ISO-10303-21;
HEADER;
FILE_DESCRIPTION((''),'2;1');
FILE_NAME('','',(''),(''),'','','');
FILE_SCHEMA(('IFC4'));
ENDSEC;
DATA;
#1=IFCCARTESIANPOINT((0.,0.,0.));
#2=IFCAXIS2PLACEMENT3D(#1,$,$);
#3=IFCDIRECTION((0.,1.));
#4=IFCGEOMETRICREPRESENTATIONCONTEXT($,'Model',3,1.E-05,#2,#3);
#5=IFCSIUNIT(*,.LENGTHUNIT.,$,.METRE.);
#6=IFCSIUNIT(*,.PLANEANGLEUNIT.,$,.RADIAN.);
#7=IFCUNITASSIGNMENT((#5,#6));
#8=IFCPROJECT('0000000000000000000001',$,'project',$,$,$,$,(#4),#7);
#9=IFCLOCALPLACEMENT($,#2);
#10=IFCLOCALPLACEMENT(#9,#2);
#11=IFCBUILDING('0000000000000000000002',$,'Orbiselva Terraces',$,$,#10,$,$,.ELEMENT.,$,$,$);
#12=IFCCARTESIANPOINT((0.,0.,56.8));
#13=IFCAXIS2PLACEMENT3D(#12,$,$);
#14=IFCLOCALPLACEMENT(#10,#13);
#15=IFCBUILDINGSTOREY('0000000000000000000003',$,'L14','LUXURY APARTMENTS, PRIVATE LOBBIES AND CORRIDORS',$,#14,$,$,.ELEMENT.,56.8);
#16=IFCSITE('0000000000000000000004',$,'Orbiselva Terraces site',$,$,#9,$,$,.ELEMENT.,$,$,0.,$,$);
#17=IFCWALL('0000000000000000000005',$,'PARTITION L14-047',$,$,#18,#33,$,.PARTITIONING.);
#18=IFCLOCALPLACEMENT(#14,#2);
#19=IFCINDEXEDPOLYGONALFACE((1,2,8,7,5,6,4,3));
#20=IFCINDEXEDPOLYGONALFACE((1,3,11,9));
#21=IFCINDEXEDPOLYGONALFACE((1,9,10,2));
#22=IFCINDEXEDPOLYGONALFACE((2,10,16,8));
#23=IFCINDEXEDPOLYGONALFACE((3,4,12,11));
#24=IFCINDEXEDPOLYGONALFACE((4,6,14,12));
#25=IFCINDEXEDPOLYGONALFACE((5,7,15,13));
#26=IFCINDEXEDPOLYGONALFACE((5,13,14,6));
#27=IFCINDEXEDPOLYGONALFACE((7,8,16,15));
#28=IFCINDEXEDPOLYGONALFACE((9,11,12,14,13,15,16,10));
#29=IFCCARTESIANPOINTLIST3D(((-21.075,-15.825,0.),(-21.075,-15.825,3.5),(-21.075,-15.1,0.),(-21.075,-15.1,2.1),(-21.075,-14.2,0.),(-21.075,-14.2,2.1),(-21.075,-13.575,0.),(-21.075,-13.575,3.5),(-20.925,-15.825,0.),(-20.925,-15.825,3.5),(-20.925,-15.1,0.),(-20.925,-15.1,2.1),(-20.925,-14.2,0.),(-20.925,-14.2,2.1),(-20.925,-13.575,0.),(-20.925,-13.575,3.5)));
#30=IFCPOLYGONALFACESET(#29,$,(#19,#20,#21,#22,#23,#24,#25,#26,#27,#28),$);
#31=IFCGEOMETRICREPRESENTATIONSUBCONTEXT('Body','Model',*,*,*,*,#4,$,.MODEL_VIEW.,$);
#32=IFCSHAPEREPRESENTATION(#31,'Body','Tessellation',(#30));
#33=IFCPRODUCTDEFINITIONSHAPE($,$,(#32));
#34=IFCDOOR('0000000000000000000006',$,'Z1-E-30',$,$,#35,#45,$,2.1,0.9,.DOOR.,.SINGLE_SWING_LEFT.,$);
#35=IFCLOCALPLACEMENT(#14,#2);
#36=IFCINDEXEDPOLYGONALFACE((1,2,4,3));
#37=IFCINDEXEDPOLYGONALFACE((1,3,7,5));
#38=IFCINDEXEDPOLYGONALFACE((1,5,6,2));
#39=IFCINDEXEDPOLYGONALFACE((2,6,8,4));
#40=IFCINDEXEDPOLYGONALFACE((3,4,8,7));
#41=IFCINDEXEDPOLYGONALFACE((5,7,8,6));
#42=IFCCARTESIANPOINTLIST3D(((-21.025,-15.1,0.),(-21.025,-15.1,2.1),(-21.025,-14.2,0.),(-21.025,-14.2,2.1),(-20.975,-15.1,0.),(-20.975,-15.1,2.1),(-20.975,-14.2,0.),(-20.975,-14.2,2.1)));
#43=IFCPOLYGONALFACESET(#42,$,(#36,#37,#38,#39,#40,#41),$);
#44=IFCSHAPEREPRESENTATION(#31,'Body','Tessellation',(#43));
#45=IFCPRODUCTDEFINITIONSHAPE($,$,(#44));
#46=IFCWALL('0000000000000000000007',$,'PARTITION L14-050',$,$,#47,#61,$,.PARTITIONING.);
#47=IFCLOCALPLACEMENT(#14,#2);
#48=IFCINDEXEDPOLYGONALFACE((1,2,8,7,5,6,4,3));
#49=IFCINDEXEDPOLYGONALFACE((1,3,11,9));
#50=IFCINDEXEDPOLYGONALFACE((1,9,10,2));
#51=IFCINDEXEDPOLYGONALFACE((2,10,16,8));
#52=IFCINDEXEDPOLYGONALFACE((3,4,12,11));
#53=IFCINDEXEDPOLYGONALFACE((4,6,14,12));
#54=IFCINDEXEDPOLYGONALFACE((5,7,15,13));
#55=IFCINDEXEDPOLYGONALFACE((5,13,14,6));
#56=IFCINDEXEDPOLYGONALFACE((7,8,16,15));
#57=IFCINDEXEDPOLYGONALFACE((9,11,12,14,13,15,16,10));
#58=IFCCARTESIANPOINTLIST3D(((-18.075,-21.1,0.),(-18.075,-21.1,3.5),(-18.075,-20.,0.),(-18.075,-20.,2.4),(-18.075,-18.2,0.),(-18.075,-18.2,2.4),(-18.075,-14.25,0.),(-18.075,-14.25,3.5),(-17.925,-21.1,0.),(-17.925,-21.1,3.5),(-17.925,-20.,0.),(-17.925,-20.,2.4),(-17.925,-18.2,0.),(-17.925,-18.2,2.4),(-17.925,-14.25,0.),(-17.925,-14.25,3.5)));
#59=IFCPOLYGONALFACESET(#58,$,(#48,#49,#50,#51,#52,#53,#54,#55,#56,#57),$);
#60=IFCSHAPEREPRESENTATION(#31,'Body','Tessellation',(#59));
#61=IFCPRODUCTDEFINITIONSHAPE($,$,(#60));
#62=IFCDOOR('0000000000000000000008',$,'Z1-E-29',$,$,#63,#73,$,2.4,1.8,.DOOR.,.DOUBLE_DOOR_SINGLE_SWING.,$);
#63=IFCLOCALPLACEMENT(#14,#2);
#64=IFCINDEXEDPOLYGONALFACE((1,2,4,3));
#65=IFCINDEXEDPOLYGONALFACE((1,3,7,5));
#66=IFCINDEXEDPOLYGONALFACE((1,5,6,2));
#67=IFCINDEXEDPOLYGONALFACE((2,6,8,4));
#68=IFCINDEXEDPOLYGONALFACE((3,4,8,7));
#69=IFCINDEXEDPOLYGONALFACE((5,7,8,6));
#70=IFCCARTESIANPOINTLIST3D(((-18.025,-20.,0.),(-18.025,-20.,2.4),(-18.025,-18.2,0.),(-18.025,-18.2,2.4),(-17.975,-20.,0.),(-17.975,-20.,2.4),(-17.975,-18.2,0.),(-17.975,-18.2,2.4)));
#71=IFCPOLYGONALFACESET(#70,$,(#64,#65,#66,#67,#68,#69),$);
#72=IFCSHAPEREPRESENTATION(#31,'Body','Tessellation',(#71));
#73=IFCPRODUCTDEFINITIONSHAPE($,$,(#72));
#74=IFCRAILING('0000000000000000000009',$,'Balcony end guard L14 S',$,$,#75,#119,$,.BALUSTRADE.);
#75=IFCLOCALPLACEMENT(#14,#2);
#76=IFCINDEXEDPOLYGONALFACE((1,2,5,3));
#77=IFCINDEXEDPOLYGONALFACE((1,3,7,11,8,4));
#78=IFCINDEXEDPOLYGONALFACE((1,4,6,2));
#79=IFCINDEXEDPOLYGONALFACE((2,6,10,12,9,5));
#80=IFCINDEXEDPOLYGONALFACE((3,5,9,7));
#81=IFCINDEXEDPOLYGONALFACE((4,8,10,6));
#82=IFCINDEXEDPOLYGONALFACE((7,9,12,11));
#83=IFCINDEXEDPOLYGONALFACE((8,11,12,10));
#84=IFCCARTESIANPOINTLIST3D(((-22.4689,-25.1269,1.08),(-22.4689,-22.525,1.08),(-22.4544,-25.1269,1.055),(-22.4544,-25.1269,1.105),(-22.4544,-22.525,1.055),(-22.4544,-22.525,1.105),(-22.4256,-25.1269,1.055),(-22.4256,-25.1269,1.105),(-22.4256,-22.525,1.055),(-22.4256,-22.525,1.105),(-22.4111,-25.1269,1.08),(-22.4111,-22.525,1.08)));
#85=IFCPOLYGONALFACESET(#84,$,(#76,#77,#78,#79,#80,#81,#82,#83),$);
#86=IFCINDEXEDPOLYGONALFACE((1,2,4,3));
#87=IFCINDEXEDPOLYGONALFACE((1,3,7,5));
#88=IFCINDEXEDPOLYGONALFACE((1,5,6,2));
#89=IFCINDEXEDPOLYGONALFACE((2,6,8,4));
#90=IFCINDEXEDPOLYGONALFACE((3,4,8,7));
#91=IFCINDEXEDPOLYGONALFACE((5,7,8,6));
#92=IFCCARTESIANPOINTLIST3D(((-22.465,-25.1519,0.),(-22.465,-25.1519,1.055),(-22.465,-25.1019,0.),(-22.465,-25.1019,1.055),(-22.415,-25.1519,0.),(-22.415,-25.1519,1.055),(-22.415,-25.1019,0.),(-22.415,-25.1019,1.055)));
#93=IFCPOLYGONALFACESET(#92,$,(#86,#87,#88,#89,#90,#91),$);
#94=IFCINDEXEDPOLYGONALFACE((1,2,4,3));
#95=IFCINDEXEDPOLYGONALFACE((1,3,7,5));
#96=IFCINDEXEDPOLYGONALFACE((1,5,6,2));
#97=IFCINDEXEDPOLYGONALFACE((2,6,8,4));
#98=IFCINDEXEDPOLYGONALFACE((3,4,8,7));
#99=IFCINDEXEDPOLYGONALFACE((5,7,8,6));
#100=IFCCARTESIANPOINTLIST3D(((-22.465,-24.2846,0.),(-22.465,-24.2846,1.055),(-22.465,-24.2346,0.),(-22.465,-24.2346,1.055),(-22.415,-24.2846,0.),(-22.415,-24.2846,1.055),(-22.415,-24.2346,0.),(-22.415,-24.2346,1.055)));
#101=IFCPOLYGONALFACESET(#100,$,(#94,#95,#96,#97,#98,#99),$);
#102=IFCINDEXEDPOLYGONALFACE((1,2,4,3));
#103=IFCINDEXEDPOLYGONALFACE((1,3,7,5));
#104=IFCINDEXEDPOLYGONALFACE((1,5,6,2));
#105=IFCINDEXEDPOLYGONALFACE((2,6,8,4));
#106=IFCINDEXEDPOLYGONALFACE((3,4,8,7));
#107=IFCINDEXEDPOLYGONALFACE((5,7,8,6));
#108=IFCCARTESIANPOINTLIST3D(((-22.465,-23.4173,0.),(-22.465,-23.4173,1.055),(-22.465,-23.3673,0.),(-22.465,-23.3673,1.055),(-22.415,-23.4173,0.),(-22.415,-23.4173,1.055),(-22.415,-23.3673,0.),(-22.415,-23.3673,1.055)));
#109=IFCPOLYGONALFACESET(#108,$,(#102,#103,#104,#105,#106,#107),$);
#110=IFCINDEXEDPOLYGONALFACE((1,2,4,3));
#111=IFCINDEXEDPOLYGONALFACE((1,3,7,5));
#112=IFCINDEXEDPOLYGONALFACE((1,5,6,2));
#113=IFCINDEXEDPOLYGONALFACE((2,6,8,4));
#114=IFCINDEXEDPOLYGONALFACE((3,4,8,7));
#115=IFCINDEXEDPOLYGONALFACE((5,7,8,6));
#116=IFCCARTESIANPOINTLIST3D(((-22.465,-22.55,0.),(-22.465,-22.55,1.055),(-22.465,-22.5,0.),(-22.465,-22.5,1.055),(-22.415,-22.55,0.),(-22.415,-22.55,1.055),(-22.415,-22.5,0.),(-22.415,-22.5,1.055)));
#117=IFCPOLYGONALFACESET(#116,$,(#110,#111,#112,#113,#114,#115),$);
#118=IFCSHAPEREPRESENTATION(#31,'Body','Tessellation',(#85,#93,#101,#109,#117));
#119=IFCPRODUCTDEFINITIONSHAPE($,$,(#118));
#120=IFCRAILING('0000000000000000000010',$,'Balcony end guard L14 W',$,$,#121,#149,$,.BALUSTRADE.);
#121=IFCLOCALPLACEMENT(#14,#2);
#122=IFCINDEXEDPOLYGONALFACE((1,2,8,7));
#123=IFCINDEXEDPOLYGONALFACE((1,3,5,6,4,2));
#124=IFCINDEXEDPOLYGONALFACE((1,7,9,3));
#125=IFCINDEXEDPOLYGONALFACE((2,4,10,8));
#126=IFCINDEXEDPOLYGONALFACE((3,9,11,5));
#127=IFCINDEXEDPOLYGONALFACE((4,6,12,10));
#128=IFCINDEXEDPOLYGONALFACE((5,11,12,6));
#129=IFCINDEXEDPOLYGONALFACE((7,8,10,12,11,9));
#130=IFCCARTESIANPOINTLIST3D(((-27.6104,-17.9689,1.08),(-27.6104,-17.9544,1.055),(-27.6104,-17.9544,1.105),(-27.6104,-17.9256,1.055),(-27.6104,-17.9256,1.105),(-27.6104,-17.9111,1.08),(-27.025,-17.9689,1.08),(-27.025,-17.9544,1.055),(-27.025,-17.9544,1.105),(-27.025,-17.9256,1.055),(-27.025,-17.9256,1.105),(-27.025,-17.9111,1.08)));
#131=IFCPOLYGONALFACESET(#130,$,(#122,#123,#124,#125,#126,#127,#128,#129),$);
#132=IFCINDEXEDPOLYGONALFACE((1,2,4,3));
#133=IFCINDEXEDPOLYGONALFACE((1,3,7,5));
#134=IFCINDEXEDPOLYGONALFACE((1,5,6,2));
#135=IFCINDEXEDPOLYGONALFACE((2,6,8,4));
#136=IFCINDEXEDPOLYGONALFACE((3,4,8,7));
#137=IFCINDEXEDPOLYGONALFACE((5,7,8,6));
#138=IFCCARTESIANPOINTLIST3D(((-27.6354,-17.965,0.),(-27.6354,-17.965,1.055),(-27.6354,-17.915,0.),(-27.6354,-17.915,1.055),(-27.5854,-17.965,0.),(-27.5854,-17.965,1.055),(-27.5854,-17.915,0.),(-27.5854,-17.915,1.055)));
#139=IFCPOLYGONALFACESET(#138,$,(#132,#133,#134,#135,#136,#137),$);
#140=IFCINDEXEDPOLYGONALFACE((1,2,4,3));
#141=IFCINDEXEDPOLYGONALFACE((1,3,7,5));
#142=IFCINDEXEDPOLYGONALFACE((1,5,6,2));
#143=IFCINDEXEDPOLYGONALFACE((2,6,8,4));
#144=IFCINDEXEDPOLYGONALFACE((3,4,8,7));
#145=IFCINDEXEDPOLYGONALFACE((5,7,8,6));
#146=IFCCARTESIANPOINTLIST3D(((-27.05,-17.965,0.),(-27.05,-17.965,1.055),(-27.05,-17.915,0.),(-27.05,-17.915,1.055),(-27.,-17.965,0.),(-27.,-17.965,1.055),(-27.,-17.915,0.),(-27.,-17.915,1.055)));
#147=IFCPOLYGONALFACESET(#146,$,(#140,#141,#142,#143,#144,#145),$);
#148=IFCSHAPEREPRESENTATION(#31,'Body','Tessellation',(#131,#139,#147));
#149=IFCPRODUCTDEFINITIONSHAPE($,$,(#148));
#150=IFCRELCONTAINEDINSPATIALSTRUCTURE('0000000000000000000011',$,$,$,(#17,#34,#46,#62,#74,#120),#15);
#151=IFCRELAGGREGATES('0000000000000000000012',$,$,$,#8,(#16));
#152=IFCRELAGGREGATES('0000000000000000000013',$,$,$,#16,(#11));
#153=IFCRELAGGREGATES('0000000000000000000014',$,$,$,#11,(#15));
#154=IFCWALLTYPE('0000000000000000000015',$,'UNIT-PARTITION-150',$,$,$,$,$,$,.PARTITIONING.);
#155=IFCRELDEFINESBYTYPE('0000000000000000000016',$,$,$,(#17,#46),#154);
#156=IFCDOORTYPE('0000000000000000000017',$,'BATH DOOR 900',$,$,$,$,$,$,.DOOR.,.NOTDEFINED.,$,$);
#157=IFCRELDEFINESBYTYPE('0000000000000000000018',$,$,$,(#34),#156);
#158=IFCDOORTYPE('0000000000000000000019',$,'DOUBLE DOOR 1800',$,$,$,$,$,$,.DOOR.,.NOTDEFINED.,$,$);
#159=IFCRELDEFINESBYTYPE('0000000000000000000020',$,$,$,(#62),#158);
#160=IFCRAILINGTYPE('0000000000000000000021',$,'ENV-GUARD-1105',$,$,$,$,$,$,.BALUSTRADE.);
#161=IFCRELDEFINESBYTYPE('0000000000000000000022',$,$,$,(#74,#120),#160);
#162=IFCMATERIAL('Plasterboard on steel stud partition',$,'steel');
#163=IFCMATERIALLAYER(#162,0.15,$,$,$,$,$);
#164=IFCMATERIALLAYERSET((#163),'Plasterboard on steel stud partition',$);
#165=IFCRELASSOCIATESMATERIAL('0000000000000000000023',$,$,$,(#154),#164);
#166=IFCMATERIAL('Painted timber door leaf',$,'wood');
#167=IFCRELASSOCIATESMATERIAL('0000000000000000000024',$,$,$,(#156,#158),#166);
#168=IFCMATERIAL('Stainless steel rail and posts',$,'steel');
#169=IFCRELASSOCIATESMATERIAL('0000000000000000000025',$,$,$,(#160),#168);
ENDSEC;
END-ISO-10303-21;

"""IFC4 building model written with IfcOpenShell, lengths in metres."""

from ifc_helpers import new_model, si_unit, direction, frame, frame_2d, origin, origin_2d, place, context, subcontext, project, spatial, polyline, rectangle, outline, extrude, material, layer, layer_set, type_object, element, fill, save


model = new_model("IFC4")

# Units and contexts
model_context = context("Model", 3, precision=1e-05, world=origin(), true_north=direction((0.0, 1.0)))
body_context = subcontext(model_context, "Body", "Model", "MODEL_VIEW")
ifc_project = project(units=[si_unit("LENGTHUNIT", "METRE"), si_unit("PLANEANGLEUNIT", "RADIAN")], contexts=[model_context])

# Site, building, storey
site_placement = place(None, origin())
site = spatial("IfcSite", under=ifc_project, at=site_placement, Name="Orbiselva Terraces site", CompositionType="ELEMENT", RefElevation=0.0)
building_placement = place(site_placement, origin())
building = spatial("IfcBuilding", under=site, at=building_placement, Name="Orbiselva Terraces", CompositionType="ELEMENT")
storey_placement = place(building_placement, frame((0.0, 0.0, 56.8)))
storey = spatial("IfcBuildingStorey", under=building, at=storey_placement, Name="L14", Description="LUXURY APARTMENTS, PRIVATE LOBBIES AND CORRIDORS", CompositionType="ELEMENT", Elevation=56.8)

# Shared definitions
ifc_material_1 = material(Name="Plasterboard on steel stud partition", Category="steel")
ifc_layer_1 = layer(ifc_material_1, 0.15)
ifc_layer_set_1 = layer_set([ifc_layer_1], Name="Plasterboard on steel stud partition")
wall_type_1 = type_object("IfcWallType", Name="UNIT-PARTITION-150", PredefinedType="PARTITIONING", material=ifc_layer_set_1)

# Walls, openings, doors
wall_1_placement = place(storey_placement, frame((-21.0, -13.575, 0.0), z_axis=(0.0, 0.0, 1.0), x_axis=(0.0, -1.0, 0.0)))
wall_1 = element("IfcWall", 1, at=wall_1_placement, inside=storey, type_object=wall_type_1, Name="PARTITION L14-047", PredefinedType="PARTITIONING", context=body_context, shape_type="SweptSolid", body=[
    extrude(rectangle(XDim=2.25, YDim=0.15, at=frame_2d((1.125, 0.0))), origin(), (0.0, 0.0, 1.0), 3.5),
])
opening_1_placement = place(wall_1_placement, frame((0.625, 0.0, 0.0)))
opening_1 = element("IfcOpeningElement", 2, at=opening_1_placement, cuts=wall_1, PredefinedType="OPENING", context=body_context, shape_type="SweptSolid", body=[
    extrude(rectangle(XDim=0.9, YDim=2.1, at=frame_2d((0.45, 1.05))), frame((0.0, 0.085, 0.0), z_axis=(0.0, -1.0, 0.0), x_axis=(1.0, 0.0, 0.0)), (0.0, 0.0, 1.0), 0.17),
])
ifc_material_2 = material(Name="Painted timber door leaf", Category="wood")
door_type_1 = type_object("IfcDoorType", Name="BATH DOOR 900", OperationType="NOTDEFINED", PredefinedType="DOOR", material=ifc_material_2)
door_1_placement = place(opening_1_placement, origin())
door_1 = element("IfcDoor", 3, at=door_1_placement, inside=storey, type_object=door_type_1, Name="Z1-E-30", OperationType="SINGLE_SWING_LEFT", OverallHeight=2.1, OverallWidth=0.9, PredefinedType="DOOR", context=body_context, shape_type="SweptSolid", body=[
    extrude(rectangle(XDim=0.9, YDim=2.1, at=frame_2d((0.45, 1.05))), frame((0.0, 0.025, 0.0), z_axis=(0.0, -1.0, 0.0), x_axis=(1.0, 0.0, 0.0)), (0.0, 0.0, 1.0), 0.05),
])
fill(opening_1, door_1)
wall_2_placement = place(storey_placement, frame((-18.0, -21.1, 0.0), z_axis=(0.0, 0.0, 1.0), x_axis=(0.0, 1.0, 0.0)))
wall_2 = element("IfcWall", 4, at=wall_2_placement, inside=storey, type_object=wall_type_1, Name="PARTITION L14-050", PredefinedType="PARTITIONING", context=body_context, shape_type="SweptSolid", body=[
    extrude(rectangle(XDim=6.85, YDim=0.15, at=frame_2d((3.425, 0.0))), origin(), (0.0, 0.0, 1.0), 3.5),
])
opening_2_placement = place(wall_2_placement, frame((1.1, 0.0, 0.0)))
opening_2 = element("IfcOpeningElement", 5, at=opening_2_placement, cuts=wall_2, PredefinedType="OPENING", context=body_context, shape_type="SweptSolid", body=[
    extrude(rectangle(XDim=1.8, YDim=2.4, at=frame_2d((0.9, 1.2))), frame((0.0, 0.085, 0.0), z_axis=(0.0, -1.0, 0.0), x_axis=(1.0, 0.0, 0.0)), (0.0, 0.0, 1.0), 0.17),
])
door_type_2 = type_object("IfcDoorType", Name="DOUBLE DOOR 1800", OperationType="NOTDEFINED", PredefinedType="DOOR", material=ifc_material_2)
door_2_placement = place(opening_2_placement, origin())
door_2 = element("IfcDoor", 6, at=door_2_placement, inside=storey, type_object=door_type_2, Name="Z1-E-29", OperationType="DOUBLE_DOOR_SINGLE_SWING", OverallHeight=2.4, OverallWidth=1.8, PredefinedType="DOOR", context=body_context, shape_type="SweptSolid", body=[
    extrude(rectangle(XDim=1.8, YDim=2.4, at=frame_2d((0.9, 1.2))), frame((0.0, 0.025, 0.0), z_axis=(0.0, -1.0, 0.0), x_axis=(1.0, 0.0, 0.0)), (0.0, 0.0, 1.0), 0.05),
])
fill(opening_2, door_2)

# Railings
ifc_material_3 = material(Name="Stainless steel rail and posts", Category="steel")
railing_type_1 = type_object("IfcRailingType", Name="ENV-GUARD-1105", PredefinedType="BALUSTRADE", material=ifc_material_3)
railing_1_placement = place(storey_placement, frame((-22.44, -25.1269, 0.0)))
element("IfcRailing", 7, at=railing_1_placement, inside=storey, type_object=railing_type_1, Name="Balcony end guard L14 S", PredefinedType="BALUSTRADE", context=body_context, shape_type="SweptSolid", body=[
    extrude(outline(polyline([(0.0289, 0.0), (0.0144, 0.025), (-0.0144, 0.025), (-0.0289, 0.0), (-0.0144, -0.025), (0.0144, -0.025), (0.0289, 0.0)])), frame((0.0, 0.0, 1.08), z_axis=(0.0, 1.0, 0.0), x_axis=(-1.0, 0.0, 0.0)), (0.0, 0.0, 1.0), 2.6019),
    extrude(rectangle(XDim=0.05, YDim=0.05, at=origin_2d()), origin(), (0.0, 0.0, 1.0), 1.055),
    extrude(rectangle(XDim=0.05, YDim=0.05, at=origin_2d()), frame((0.0, 0.8673, 0.0)), (0.0, 0.0, 1.0), 1.055),
    extrude(rectangle(XDim=0.05, YDim=0.05, at=origin_2d()), frame((0.0, 1.7346, 0.0)), (0.0, 0.0, 1.0), 1.055),
    extrude(rectangle(XDim=0.05, YDim=0.05, at=origin_2d()), frame((0.0, 2.6019, 0.0)), (0.0, 0.0, 1.0), 1.055),
])
railing_2_placement = place(storey_placement, frame((-27.6104, -17.94, 0.0)))
element("IfcRailing", 8, at=railing_2_placement, inside=storey, type_object=railing_type_1, Name="Balcony end guard L14 W", PredefinedType="BALUSTRADE", context=body_context, shape_type="SweptSolid", body=[
    extrude(outline(polyline([(0.0289, 0.0), (0.0144, 0.025), (-0.0144, 0.025), (-0.0289, 0.0), (-0.0144, -0.025), (0.0144, -0.025), (0.0289, 0.0)])), frame((0.0, 0.0, 1.08), z_axis=(1.0, 0.0, 0.0), x_axis=(0.0, 1.0, 0.0)), (0.0, 0.0, 1.0), 0.5854),
    extrude(rectangle(XDim=0.05, YDim=0.05, at=origin_2d()), origin(), (0.0, 0.0, 1.0), 1.055),
    extrude(rectangle(XDim=0.05, YDim=0.05, at=origin_2d()), frame((0.5854, 0.0, 0.0)), (0.0, 0.0, 1.0), 1.055),
])

save(model, "model.ifc")
